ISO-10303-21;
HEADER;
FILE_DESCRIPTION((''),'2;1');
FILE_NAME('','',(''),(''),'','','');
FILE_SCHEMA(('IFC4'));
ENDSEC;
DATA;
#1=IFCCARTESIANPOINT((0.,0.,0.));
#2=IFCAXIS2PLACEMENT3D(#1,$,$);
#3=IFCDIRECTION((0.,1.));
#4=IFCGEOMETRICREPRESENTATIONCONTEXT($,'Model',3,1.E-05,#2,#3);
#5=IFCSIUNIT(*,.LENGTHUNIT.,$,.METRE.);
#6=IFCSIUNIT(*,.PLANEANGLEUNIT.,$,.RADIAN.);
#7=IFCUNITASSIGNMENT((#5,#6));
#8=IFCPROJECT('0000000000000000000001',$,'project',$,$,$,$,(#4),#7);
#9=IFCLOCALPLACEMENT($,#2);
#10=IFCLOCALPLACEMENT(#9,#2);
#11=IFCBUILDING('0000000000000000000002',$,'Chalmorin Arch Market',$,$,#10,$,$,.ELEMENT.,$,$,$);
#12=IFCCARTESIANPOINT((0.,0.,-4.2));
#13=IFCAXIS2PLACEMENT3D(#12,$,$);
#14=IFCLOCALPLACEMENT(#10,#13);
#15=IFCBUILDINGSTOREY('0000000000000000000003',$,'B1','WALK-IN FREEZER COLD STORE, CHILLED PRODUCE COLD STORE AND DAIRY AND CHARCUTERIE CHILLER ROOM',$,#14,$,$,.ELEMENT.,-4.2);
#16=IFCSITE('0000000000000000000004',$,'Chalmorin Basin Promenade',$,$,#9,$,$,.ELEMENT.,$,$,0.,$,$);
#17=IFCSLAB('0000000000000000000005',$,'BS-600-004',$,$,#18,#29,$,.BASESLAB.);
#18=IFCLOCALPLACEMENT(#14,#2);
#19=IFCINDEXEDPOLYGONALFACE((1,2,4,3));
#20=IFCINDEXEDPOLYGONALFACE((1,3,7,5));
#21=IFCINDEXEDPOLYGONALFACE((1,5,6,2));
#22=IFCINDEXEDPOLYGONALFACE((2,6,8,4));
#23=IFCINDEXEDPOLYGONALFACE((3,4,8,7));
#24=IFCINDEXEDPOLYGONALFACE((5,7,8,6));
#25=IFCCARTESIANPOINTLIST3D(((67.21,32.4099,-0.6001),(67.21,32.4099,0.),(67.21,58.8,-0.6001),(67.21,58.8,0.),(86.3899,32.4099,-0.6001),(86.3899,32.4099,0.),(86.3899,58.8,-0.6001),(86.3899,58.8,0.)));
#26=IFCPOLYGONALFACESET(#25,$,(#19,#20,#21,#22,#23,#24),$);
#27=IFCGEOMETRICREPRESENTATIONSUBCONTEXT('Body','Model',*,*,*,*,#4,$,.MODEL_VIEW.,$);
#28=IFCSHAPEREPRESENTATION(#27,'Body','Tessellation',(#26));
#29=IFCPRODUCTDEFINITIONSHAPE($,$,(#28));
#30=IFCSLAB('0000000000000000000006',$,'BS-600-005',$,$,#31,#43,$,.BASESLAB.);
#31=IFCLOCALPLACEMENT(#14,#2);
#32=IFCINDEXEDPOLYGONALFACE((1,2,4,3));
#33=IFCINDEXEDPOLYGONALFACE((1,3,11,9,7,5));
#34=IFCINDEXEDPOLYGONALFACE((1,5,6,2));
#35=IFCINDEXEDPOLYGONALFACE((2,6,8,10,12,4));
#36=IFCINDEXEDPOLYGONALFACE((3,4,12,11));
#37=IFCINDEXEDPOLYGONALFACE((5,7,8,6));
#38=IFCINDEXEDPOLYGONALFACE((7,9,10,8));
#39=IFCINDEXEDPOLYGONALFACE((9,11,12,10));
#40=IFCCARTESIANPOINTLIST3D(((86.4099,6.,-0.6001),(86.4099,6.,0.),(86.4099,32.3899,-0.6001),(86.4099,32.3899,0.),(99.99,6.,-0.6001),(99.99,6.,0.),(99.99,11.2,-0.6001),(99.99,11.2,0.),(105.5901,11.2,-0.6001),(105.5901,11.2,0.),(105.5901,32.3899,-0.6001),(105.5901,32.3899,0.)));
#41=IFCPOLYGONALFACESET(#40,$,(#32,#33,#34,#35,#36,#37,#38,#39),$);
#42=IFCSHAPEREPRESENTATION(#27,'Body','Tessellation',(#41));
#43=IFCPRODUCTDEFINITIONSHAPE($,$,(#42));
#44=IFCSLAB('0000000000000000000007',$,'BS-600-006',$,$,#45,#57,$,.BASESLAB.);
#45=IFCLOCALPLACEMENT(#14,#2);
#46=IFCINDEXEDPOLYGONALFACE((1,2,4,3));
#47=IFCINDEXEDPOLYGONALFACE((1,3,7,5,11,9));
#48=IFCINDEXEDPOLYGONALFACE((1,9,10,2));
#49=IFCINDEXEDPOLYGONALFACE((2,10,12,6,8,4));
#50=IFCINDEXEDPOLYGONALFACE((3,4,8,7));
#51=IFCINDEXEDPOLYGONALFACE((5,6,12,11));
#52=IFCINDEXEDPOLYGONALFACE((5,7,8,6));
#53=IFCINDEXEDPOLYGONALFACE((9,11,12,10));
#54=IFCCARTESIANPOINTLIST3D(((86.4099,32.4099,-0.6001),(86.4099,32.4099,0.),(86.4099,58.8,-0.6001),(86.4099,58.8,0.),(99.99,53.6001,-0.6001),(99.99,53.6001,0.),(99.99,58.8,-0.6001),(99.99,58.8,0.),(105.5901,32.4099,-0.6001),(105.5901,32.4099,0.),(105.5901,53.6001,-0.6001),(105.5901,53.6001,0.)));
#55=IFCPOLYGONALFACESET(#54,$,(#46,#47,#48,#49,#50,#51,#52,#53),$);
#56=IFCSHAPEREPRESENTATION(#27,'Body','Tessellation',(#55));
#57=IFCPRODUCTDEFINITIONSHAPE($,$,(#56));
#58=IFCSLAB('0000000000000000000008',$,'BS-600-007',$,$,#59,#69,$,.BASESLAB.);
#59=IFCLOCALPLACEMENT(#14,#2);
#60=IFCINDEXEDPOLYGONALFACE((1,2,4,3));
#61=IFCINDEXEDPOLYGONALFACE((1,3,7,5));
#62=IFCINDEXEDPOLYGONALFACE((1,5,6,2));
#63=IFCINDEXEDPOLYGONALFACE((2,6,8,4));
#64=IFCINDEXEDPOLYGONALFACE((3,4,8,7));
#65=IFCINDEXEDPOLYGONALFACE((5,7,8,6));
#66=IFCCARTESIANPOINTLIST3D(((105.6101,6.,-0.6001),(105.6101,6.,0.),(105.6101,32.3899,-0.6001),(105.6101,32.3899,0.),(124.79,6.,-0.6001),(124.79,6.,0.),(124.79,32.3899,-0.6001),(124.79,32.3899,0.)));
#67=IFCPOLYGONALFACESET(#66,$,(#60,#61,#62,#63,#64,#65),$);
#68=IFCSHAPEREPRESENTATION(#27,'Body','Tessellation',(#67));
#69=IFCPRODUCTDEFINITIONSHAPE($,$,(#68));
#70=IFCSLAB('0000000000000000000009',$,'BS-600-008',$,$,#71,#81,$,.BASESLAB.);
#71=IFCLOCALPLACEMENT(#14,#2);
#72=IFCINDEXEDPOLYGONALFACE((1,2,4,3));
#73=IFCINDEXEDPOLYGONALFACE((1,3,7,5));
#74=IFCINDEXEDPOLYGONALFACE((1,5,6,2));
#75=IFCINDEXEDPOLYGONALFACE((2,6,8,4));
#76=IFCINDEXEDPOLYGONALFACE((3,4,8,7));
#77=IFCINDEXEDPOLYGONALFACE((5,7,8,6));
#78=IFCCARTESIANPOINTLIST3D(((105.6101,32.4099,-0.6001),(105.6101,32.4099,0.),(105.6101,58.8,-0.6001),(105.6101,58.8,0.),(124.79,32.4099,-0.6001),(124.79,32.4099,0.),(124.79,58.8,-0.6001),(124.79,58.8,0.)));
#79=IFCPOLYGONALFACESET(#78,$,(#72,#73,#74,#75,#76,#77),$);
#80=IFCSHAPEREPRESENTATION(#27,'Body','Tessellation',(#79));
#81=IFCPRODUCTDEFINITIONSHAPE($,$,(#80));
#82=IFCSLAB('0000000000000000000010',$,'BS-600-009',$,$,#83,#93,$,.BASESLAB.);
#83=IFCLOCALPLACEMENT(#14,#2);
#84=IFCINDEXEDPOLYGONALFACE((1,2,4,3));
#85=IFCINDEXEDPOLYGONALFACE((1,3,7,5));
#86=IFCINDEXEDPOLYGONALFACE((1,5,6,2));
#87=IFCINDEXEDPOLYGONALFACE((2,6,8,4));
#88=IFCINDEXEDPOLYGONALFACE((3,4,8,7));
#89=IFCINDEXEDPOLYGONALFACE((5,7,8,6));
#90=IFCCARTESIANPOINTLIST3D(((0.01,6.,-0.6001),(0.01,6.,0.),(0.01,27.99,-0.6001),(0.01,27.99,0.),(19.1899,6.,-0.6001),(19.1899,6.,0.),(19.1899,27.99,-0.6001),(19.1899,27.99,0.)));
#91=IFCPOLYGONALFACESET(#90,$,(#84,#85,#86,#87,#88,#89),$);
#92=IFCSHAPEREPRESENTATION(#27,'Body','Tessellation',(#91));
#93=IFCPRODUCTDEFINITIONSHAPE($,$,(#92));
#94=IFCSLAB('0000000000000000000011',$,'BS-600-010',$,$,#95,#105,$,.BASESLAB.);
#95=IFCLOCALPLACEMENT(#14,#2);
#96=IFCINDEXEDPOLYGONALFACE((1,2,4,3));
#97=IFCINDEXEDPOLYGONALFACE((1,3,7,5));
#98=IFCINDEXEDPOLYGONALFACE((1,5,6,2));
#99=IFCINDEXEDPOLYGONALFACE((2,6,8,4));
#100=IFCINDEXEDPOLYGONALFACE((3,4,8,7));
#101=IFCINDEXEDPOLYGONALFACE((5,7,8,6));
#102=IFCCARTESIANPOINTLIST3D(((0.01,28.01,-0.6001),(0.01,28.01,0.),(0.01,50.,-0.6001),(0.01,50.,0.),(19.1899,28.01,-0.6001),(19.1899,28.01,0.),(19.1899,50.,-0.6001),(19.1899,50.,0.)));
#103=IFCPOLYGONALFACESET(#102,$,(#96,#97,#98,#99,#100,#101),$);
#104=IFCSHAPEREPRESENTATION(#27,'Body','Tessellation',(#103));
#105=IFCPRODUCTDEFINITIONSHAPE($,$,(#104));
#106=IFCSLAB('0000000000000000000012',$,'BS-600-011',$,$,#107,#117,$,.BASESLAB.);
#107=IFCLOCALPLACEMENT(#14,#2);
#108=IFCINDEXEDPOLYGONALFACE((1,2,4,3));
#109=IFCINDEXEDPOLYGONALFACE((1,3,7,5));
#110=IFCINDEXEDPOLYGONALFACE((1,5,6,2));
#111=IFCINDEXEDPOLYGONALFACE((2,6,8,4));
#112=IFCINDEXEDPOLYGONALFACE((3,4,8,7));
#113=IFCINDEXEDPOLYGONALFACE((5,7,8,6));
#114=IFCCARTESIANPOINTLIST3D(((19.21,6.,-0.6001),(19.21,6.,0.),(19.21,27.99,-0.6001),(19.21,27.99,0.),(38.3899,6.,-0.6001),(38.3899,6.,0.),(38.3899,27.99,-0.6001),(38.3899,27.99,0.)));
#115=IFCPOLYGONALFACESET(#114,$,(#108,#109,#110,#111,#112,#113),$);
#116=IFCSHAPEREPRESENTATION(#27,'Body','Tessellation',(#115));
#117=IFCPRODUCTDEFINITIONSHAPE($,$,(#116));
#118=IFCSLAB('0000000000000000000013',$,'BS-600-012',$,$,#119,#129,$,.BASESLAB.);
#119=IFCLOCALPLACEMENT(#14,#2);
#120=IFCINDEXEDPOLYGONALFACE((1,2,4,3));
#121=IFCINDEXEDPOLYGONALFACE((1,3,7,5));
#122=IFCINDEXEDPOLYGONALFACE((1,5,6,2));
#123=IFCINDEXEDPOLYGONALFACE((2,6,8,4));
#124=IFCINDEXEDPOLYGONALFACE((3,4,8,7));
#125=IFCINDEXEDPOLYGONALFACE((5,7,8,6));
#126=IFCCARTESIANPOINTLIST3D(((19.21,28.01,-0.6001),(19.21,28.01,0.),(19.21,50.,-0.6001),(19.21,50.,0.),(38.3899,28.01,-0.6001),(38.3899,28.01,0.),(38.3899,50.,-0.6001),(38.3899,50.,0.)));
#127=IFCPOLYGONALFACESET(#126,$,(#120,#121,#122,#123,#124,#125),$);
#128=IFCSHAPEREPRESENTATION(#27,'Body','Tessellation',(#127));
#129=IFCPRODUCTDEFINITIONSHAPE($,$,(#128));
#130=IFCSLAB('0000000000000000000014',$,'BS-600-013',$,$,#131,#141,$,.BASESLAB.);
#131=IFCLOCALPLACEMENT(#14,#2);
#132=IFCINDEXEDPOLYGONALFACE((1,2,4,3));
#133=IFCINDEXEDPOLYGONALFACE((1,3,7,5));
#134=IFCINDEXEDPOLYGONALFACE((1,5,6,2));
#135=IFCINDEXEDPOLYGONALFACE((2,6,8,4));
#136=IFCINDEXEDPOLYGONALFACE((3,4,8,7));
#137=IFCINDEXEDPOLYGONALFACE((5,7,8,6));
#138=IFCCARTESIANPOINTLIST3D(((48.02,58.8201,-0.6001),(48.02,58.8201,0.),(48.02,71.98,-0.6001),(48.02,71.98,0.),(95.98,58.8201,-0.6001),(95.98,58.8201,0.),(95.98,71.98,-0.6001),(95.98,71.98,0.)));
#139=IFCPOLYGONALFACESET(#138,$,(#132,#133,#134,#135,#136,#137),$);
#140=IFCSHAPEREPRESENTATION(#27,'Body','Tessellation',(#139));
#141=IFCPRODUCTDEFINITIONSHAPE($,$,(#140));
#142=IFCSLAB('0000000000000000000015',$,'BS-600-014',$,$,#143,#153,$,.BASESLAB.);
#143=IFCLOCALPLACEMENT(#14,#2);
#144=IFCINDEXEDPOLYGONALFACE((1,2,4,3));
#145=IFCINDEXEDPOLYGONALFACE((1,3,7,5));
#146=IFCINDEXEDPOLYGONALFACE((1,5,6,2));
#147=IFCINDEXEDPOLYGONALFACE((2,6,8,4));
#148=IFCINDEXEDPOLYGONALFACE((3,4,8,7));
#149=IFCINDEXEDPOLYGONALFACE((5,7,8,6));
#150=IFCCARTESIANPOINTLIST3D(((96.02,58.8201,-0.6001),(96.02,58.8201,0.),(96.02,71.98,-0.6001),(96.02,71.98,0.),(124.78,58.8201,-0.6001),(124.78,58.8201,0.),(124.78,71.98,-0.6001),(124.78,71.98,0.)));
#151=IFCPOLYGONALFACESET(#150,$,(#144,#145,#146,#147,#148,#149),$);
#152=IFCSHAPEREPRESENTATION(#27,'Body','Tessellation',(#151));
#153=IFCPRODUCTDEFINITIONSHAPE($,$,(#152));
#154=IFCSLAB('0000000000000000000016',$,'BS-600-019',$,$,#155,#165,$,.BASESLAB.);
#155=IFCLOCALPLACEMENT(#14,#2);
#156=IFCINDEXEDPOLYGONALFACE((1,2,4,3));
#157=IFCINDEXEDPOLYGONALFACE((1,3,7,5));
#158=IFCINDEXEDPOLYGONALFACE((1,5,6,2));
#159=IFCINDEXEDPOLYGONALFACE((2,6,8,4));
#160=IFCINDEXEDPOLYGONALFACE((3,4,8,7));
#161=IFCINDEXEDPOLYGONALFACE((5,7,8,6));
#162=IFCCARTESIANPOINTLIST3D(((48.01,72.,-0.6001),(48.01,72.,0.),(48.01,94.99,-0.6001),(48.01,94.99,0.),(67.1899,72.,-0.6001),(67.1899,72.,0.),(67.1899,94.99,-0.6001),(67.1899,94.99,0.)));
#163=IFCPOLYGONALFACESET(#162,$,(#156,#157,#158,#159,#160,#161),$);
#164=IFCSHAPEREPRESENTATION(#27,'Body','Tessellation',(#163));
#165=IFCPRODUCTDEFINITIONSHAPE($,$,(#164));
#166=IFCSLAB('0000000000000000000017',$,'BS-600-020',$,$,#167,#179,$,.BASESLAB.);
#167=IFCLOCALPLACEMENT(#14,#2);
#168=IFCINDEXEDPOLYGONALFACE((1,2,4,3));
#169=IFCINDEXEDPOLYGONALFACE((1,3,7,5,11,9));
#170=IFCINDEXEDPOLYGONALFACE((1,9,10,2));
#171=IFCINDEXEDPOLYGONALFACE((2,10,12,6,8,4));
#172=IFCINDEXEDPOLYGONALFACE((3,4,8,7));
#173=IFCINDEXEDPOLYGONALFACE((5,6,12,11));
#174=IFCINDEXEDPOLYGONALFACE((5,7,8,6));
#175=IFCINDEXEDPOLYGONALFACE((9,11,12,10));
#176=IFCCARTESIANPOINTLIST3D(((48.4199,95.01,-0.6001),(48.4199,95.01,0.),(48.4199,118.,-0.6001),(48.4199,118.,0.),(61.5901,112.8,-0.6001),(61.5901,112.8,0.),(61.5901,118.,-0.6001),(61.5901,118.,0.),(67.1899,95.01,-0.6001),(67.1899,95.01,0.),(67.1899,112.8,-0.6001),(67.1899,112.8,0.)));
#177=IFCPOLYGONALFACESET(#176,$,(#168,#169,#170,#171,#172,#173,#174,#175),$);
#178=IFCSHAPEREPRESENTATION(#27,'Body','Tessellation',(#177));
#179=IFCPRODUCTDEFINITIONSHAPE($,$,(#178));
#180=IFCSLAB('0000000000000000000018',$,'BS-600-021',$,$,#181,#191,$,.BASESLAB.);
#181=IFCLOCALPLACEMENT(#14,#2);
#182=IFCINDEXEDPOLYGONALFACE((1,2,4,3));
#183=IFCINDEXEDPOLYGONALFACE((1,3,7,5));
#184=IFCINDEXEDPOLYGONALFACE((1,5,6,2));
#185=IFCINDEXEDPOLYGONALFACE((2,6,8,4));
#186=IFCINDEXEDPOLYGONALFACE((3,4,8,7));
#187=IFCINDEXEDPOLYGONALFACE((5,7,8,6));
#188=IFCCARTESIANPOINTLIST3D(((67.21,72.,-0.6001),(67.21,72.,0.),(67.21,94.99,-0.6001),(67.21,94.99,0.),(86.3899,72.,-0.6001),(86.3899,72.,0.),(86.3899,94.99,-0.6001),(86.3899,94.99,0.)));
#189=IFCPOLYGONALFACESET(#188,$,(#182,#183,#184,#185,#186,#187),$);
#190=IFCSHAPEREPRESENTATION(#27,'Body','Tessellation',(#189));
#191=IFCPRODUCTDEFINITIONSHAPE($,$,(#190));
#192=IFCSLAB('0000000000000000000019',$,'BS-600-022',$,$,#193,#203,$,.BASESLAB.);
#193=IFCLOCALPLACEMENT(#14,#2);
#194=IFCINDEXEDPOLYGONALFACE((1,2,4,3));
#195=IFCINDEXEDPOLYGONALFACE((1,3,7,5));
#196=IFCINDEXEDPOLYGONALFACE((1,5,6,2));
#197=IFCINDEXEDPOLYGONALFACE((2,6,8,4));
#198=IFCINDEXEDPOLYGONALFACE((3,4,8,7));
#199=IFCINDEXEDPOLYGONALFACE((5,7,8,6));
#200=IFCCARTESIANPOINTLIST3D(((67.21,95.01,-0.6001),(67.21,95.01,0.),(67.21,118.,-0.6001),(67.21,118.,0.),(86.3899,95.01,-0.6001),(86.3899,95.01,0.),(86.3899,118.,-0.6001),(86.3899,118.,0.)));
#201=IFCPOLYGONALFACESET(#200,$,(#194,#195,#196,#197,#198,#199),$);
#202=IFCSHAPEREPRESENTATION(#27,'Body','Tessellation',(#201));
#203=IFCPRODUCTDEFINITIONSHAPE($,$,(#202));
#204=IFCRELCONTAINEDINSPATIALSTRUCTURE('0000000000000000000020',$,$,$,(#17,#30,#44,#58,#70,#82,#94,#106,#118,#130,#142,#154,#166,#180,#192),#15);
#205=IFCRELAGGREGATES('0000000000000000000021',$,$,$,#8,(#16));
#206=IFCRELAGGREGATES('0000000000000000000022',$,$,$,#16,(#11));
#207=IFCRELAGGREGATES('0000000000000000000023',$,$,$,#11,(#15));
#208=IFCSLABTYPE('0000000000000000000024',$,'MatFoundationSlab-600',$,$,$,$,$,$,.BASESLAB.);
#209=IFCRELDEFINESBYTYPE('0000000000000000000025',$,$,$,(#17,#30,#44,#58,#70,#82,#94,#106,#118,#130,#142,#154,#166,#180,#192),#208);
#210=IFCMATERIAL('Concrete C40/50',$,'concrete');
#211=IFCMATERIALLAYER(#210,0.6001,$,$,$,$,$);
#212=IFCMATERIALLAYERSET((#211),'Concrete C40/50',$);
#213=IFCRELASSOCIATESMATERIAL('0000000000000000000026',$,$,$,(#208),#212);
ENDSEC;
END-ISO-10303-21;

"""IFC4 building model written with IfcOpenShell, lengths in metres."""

from ifc_helpers import new_model, si_unit, direction, frame, origin, place, context, subcontext, project, spatial, polyline, outline, extrude, material, layer, layer_set, type_object, element, save


model = new_model("IFC4")

# Units and contexts
model_context = context("Model", 3, precision=1e-05, world=origin(), true_north=direction((0.0, 1.0)))
body_context = subcontext(model_context, "Body", "Model", "MODEL_VIEW")
ifc_project = project(units=[si_unit("LENGTHUNIT", "METRE"), si_unit("PLANEANGLEUNIT", "RADIAN")], contexts=[model_context])

# Site, building, storey
site_placement = place(None, origin())
site = spatial("IfcSite", under=ifc_project, at=site_placement, Name="Chalmorin Basin Promenade", CompositionType="ELEMENT", RefElevation=0.0)
building_placement = place(site_placement, origin())
building = spatial("IfcBuilding", under=site, at=building_placement, Name="Chalmorin Arch Market", CompositionType="ELEMENT")
storey_placement = place(building_placement, frame((0.0, 0.0, -4.2)))
storey = spatial("IfcBuildingStorey", under=building, at=storey_placement, Name="B1", Description="WALK-IN FREEZER COLD STORE, CHILLED PRODUCE COLD STORE AND DAIRY AND CHARCUTERIE CHILLER ROOM", CompositionType="ELEMENT", Elevation=-4.2)

# Shared definitions
ifc_material_1 = material(Name="Concrete C40/50", Category="concrete")

# Slabs
ifc_layer_1 = layer(ifc_material_1, 0.6001)
ifc_layer_set_1 = layer_set([ifc_layer_1], Name="Concrete C40/50")
slab_type_1 = type_object("IfcSlabType", Name="MatFoundationSlab-600", PredefinedType="BASESLAB", material=ifc_layer_set_1)
slab_1_placement = place(storey_placement, frame((0.0, 0.0, -0.6001)))
element("IfcSlab", 1, at=slab_1_placement, inside=storey, type_object=slab_type_1, Name="BS-600-004", PredefinedType="BASESLAB", context=body_context, shape_type="SweptSolid", body=[
    extrude(outline(polyline([(67.21, 32.4099), (86.3899, 32.4099), (86.3899, 58.8), (67.21, 58.8), (67.21, 32.4099)])), origin(), (0.0, 0.0, 1.0), 0.6001),
])
slab_2_placement = place(storey_placement, frame((0.0, 0.0, -0.6001)))
element("IfcSlab", 2, at=slab_2_placement, inside=storey, type_object=slab_type_1, Name="BS-600-005", PredefinedType="BASESLAB", context=body_context, shape_type="SweptSolid", body=[
    extrude(outline(polyline([(86.4099, 6.0), (99.99, 6.0), (99.99, 11.2), (105.5901, 11.2), (105.5901, 32.3899), (86.4099, 32.3899), (86.4099, 6.0)])), origin(), (0.0, 0.0, 1.0), 0.6001),
])
slab_3_placement = place(storey_placement, frame((0.0, 0.0, -0.6001)))
element("IfcSlab", 3, at=slab_3_placement, inside=storey, type_object=slab_type_1, Name="BS-600-006", PredefinedType="BASESLAB", context=body_context, shape_type="SweptSolid", body=[
    extrude(outline(polyline([(86.4099, 32.4099), (105.5901, 32.4099), (105.5901, 53.6001), (99.99, 53.6001), (99.99, 58.8), (86.4099, 58.8), (86.4099, 32.4099)])), origin(), (0.0, 0.0, 1.0), 0.6001),
])
slab_4_placement = place(storey_placement, frame((0.0, 0.0, -0.6001)))
element("IfcSlab", 4, at=slab_4_placement, inside=storey, type_object=slab_type_1, Name="BS-600-007", PredefinedType="BASESLAB", context=body_context, shape_type="SweptSolid", body=[
    extrude(outline(polyline([(105.6101, 6.0), (124.79, 6.0), (124.79, 32.3899), (105.6101, 32.3899), (105.6101, 6.0)])), origin(), (0.0, 0.0, 1.0), 0.6001),
])
slab_5_placement = place(storey_placement, frame((0.0, 0.0, -0.6001)))
element("IfcSlab", 5, at=slab_5_placement, inside=storey, type_object=slab_type_1, Name="BS-600-008", PredefinedType="BASESLAB", context=body_context, shape_type="SweptSolid", body=[
    extrude(outline(polyline([(105.6101, 32.4099), (124.79, 32.4099), (124.79, 58.8), (105.6101, 58.8), (105.6101, 32.4099)])), origin(), (0.0, 0.0, 1.0), 0.6001),
])
slab_6_placement = place(storey_placement, frame((0.0, 0.0, -0.6001)))
element("IfcSlab", 6, at=slab_6_placement, inside=storey, type_object=slab_type_1, Name="BS-600-009", PredefinedType="BASESLAB", context=body_context, shape_type="SweptSolid", body=[
    extrude(outline(polyline([(0.01, 6.0), (19.1899, 6.0), (19.1899, 27.99), (0.01, 27.99), (0.01, 6.0)])), origin(), (0.0, 0.0, 1.0), 0.6001),
])
slab_7_placement = place(storey_placement, frame((0.0, 0.0, -0.6001)))
element("IfcSlab", 7, at=slab_7_placement, inside=storey, type_object=slab_type_1, Name="BS-600-010", PredefinedType="BASESLAB", context=body_context, shape_type="SweptSolid", body=[
    extrude(outline(polyline([(0.01, 28.01), (19.1899, 28.01), (19.1899, 50.0), (0.01, 50.0), (0.01, 28.01)])), origin(), (0.0, 0.0, 1.0), 0.6001),
])
slab_8_placement = place(storey_placement, frame((0.0, 0.0, -0.6001)))
element("IfcSlab", 8, at=slab_8_placement, inside=storey, type_object=slab_type_1, Name="BS-600-011", PredefinedType="BASESLAB", context=body_context, shape_type="SweptSolid", body=[
    extrude(outline(polyline([(19.21, 6.0), (38.3899, 6.0), (38.3899, 27.99), (19.21, 27.99), (19.21, 6.0)])), origin(), (0.0, 0.0, 1.0), 0.6001),
])
slab_9_placement = place(storey_placement, frame((0.0, 0.0, -0.6001)))
element("IfcSlab", 9, at=slab_9_placement, inside=storey, type_object=slab_type_1, Name="BS-600-012", PredefinedType="BASESLAB", context=body_context, shape_type="SweptSolid", body=[
    extrude(outline(polyline([(19.21, 28.01), (38.3899, 28.01), (38.3899, 50.0), (19.21, 50.0), (19.21, 28.01)])), origin(), (0.0, 0.0, 1.0), 0.6001),
])
slab_10_placement = place(storey_placement, frame((0.0, 0.0, -0.6001)))
element("IfcSlab", 10, at=slab_10_placement, inside=storey, type_object=slab_type_1, Name="BS-600-013", PredefinedType="BASESLAB", context=body_context, shape_type="SweptSolid", body=[
    extrude(outline(polyline([(48.02, 58.8201), (95.98, 58.8201), (95.98, 71.98), (48.02, 71.98), (48.02, 58.8201)])), origin(), (0.0, 0.0, 1.0), 0.6001),
])
slab_11_placement = place(storey_placement, frame((0.0, 0.0, -0.6001)))
element("IfcSlab", 11, at=slab_11_placement, inside=storey, type_object=slab_type_1, Name="BS-600-014", PredefinedType="BASESLAB", context=body_context, shape_type="SweptSolid", body=[
    extrude(outline(polyline([(96.02, 58.8201), (124.78, 58.8201), (124.78, 71.98), (96.02, 71.98), (96.02, 58.8201)])), origin(), (0.0, 0.0, 1.0), 0.6001),
])
slab_12_placement = place(storey_placement, frame((0.0, 0.0, -0.6001)))
element("IfcSlab", 12, at=slab_12_placement, inside=storey, type_object=slab_type_1, Name="BS-600-019", PredefinedType="BASESLAB", context=body_context, shape_type="SweptSolid", body=[
    extrude(outline(polyline([(48.01, 72.0), (67.1899, 72.0), (67.1899, 94.99), (48.01, 94.99), (48.01, 72.0)])), origin(), (0.0, 0.0, 1.0), 0.6001),
])
slab_13_placement = place(storey_placement, frame((0.0, 0.0, -0.6001)))
element("IfcSlab", 13, at=slab_13_placement, inside=storey, type_object=slab_type_1, Name="BS-600-020", PredefinedType="BASESLAB", context=body_context, shape_type="SweptSolid", body=[
    extrude(outline(polyline([(48.4199, 95.01), (67.1899, 95.01), (67.1899, 112.8), (61.5901, 112.8), (61.5901, 118.0), (48.4199, 118.0), (48.4199, 95.01)])), origin(), (0.0, 0.0, 1.0), 0.6001),
])
slab_14_placement = place(storey_placement, frame((0.0, 0.0, -0.6001)))
element("IfcSlab", 14, at=slab_14_placement, inside=storey, type_object=slab_type_1, Name="BS-600-021", PredefinedType="BASESLAB", context=body_context, shape_type="SweptSolid", body=[
    extrude(outline(polyline([(67.21, 72.0), (86.3899, 72.0), (86.3899, 94.99), (67.21, 94.99), (67.21, 72.0)])), origin(), (0.0, 0.0, 1.0), 0.6001),
])
slab_15_placement = place(storey_placement, frame((0.0, 0.0, -0.6001)))
element("IfcSlab", 15, at=slab_15_placement, inside=storey, type_object=slab_type_1, Name="BS-600-022", PredefinedType="BASESLAB", context=body_context, shape_type="SweptSolid", body=[
    extrude(outline(polyline([(67.21, 95.01), (86.3899, 95.01), (86.3899, 118.0), (67.21, 118.0), (67.21, 95.01)])), origin(), (0.0, 0.0, 1.0), 0.6001),
])

save(model, "model.ifc")
